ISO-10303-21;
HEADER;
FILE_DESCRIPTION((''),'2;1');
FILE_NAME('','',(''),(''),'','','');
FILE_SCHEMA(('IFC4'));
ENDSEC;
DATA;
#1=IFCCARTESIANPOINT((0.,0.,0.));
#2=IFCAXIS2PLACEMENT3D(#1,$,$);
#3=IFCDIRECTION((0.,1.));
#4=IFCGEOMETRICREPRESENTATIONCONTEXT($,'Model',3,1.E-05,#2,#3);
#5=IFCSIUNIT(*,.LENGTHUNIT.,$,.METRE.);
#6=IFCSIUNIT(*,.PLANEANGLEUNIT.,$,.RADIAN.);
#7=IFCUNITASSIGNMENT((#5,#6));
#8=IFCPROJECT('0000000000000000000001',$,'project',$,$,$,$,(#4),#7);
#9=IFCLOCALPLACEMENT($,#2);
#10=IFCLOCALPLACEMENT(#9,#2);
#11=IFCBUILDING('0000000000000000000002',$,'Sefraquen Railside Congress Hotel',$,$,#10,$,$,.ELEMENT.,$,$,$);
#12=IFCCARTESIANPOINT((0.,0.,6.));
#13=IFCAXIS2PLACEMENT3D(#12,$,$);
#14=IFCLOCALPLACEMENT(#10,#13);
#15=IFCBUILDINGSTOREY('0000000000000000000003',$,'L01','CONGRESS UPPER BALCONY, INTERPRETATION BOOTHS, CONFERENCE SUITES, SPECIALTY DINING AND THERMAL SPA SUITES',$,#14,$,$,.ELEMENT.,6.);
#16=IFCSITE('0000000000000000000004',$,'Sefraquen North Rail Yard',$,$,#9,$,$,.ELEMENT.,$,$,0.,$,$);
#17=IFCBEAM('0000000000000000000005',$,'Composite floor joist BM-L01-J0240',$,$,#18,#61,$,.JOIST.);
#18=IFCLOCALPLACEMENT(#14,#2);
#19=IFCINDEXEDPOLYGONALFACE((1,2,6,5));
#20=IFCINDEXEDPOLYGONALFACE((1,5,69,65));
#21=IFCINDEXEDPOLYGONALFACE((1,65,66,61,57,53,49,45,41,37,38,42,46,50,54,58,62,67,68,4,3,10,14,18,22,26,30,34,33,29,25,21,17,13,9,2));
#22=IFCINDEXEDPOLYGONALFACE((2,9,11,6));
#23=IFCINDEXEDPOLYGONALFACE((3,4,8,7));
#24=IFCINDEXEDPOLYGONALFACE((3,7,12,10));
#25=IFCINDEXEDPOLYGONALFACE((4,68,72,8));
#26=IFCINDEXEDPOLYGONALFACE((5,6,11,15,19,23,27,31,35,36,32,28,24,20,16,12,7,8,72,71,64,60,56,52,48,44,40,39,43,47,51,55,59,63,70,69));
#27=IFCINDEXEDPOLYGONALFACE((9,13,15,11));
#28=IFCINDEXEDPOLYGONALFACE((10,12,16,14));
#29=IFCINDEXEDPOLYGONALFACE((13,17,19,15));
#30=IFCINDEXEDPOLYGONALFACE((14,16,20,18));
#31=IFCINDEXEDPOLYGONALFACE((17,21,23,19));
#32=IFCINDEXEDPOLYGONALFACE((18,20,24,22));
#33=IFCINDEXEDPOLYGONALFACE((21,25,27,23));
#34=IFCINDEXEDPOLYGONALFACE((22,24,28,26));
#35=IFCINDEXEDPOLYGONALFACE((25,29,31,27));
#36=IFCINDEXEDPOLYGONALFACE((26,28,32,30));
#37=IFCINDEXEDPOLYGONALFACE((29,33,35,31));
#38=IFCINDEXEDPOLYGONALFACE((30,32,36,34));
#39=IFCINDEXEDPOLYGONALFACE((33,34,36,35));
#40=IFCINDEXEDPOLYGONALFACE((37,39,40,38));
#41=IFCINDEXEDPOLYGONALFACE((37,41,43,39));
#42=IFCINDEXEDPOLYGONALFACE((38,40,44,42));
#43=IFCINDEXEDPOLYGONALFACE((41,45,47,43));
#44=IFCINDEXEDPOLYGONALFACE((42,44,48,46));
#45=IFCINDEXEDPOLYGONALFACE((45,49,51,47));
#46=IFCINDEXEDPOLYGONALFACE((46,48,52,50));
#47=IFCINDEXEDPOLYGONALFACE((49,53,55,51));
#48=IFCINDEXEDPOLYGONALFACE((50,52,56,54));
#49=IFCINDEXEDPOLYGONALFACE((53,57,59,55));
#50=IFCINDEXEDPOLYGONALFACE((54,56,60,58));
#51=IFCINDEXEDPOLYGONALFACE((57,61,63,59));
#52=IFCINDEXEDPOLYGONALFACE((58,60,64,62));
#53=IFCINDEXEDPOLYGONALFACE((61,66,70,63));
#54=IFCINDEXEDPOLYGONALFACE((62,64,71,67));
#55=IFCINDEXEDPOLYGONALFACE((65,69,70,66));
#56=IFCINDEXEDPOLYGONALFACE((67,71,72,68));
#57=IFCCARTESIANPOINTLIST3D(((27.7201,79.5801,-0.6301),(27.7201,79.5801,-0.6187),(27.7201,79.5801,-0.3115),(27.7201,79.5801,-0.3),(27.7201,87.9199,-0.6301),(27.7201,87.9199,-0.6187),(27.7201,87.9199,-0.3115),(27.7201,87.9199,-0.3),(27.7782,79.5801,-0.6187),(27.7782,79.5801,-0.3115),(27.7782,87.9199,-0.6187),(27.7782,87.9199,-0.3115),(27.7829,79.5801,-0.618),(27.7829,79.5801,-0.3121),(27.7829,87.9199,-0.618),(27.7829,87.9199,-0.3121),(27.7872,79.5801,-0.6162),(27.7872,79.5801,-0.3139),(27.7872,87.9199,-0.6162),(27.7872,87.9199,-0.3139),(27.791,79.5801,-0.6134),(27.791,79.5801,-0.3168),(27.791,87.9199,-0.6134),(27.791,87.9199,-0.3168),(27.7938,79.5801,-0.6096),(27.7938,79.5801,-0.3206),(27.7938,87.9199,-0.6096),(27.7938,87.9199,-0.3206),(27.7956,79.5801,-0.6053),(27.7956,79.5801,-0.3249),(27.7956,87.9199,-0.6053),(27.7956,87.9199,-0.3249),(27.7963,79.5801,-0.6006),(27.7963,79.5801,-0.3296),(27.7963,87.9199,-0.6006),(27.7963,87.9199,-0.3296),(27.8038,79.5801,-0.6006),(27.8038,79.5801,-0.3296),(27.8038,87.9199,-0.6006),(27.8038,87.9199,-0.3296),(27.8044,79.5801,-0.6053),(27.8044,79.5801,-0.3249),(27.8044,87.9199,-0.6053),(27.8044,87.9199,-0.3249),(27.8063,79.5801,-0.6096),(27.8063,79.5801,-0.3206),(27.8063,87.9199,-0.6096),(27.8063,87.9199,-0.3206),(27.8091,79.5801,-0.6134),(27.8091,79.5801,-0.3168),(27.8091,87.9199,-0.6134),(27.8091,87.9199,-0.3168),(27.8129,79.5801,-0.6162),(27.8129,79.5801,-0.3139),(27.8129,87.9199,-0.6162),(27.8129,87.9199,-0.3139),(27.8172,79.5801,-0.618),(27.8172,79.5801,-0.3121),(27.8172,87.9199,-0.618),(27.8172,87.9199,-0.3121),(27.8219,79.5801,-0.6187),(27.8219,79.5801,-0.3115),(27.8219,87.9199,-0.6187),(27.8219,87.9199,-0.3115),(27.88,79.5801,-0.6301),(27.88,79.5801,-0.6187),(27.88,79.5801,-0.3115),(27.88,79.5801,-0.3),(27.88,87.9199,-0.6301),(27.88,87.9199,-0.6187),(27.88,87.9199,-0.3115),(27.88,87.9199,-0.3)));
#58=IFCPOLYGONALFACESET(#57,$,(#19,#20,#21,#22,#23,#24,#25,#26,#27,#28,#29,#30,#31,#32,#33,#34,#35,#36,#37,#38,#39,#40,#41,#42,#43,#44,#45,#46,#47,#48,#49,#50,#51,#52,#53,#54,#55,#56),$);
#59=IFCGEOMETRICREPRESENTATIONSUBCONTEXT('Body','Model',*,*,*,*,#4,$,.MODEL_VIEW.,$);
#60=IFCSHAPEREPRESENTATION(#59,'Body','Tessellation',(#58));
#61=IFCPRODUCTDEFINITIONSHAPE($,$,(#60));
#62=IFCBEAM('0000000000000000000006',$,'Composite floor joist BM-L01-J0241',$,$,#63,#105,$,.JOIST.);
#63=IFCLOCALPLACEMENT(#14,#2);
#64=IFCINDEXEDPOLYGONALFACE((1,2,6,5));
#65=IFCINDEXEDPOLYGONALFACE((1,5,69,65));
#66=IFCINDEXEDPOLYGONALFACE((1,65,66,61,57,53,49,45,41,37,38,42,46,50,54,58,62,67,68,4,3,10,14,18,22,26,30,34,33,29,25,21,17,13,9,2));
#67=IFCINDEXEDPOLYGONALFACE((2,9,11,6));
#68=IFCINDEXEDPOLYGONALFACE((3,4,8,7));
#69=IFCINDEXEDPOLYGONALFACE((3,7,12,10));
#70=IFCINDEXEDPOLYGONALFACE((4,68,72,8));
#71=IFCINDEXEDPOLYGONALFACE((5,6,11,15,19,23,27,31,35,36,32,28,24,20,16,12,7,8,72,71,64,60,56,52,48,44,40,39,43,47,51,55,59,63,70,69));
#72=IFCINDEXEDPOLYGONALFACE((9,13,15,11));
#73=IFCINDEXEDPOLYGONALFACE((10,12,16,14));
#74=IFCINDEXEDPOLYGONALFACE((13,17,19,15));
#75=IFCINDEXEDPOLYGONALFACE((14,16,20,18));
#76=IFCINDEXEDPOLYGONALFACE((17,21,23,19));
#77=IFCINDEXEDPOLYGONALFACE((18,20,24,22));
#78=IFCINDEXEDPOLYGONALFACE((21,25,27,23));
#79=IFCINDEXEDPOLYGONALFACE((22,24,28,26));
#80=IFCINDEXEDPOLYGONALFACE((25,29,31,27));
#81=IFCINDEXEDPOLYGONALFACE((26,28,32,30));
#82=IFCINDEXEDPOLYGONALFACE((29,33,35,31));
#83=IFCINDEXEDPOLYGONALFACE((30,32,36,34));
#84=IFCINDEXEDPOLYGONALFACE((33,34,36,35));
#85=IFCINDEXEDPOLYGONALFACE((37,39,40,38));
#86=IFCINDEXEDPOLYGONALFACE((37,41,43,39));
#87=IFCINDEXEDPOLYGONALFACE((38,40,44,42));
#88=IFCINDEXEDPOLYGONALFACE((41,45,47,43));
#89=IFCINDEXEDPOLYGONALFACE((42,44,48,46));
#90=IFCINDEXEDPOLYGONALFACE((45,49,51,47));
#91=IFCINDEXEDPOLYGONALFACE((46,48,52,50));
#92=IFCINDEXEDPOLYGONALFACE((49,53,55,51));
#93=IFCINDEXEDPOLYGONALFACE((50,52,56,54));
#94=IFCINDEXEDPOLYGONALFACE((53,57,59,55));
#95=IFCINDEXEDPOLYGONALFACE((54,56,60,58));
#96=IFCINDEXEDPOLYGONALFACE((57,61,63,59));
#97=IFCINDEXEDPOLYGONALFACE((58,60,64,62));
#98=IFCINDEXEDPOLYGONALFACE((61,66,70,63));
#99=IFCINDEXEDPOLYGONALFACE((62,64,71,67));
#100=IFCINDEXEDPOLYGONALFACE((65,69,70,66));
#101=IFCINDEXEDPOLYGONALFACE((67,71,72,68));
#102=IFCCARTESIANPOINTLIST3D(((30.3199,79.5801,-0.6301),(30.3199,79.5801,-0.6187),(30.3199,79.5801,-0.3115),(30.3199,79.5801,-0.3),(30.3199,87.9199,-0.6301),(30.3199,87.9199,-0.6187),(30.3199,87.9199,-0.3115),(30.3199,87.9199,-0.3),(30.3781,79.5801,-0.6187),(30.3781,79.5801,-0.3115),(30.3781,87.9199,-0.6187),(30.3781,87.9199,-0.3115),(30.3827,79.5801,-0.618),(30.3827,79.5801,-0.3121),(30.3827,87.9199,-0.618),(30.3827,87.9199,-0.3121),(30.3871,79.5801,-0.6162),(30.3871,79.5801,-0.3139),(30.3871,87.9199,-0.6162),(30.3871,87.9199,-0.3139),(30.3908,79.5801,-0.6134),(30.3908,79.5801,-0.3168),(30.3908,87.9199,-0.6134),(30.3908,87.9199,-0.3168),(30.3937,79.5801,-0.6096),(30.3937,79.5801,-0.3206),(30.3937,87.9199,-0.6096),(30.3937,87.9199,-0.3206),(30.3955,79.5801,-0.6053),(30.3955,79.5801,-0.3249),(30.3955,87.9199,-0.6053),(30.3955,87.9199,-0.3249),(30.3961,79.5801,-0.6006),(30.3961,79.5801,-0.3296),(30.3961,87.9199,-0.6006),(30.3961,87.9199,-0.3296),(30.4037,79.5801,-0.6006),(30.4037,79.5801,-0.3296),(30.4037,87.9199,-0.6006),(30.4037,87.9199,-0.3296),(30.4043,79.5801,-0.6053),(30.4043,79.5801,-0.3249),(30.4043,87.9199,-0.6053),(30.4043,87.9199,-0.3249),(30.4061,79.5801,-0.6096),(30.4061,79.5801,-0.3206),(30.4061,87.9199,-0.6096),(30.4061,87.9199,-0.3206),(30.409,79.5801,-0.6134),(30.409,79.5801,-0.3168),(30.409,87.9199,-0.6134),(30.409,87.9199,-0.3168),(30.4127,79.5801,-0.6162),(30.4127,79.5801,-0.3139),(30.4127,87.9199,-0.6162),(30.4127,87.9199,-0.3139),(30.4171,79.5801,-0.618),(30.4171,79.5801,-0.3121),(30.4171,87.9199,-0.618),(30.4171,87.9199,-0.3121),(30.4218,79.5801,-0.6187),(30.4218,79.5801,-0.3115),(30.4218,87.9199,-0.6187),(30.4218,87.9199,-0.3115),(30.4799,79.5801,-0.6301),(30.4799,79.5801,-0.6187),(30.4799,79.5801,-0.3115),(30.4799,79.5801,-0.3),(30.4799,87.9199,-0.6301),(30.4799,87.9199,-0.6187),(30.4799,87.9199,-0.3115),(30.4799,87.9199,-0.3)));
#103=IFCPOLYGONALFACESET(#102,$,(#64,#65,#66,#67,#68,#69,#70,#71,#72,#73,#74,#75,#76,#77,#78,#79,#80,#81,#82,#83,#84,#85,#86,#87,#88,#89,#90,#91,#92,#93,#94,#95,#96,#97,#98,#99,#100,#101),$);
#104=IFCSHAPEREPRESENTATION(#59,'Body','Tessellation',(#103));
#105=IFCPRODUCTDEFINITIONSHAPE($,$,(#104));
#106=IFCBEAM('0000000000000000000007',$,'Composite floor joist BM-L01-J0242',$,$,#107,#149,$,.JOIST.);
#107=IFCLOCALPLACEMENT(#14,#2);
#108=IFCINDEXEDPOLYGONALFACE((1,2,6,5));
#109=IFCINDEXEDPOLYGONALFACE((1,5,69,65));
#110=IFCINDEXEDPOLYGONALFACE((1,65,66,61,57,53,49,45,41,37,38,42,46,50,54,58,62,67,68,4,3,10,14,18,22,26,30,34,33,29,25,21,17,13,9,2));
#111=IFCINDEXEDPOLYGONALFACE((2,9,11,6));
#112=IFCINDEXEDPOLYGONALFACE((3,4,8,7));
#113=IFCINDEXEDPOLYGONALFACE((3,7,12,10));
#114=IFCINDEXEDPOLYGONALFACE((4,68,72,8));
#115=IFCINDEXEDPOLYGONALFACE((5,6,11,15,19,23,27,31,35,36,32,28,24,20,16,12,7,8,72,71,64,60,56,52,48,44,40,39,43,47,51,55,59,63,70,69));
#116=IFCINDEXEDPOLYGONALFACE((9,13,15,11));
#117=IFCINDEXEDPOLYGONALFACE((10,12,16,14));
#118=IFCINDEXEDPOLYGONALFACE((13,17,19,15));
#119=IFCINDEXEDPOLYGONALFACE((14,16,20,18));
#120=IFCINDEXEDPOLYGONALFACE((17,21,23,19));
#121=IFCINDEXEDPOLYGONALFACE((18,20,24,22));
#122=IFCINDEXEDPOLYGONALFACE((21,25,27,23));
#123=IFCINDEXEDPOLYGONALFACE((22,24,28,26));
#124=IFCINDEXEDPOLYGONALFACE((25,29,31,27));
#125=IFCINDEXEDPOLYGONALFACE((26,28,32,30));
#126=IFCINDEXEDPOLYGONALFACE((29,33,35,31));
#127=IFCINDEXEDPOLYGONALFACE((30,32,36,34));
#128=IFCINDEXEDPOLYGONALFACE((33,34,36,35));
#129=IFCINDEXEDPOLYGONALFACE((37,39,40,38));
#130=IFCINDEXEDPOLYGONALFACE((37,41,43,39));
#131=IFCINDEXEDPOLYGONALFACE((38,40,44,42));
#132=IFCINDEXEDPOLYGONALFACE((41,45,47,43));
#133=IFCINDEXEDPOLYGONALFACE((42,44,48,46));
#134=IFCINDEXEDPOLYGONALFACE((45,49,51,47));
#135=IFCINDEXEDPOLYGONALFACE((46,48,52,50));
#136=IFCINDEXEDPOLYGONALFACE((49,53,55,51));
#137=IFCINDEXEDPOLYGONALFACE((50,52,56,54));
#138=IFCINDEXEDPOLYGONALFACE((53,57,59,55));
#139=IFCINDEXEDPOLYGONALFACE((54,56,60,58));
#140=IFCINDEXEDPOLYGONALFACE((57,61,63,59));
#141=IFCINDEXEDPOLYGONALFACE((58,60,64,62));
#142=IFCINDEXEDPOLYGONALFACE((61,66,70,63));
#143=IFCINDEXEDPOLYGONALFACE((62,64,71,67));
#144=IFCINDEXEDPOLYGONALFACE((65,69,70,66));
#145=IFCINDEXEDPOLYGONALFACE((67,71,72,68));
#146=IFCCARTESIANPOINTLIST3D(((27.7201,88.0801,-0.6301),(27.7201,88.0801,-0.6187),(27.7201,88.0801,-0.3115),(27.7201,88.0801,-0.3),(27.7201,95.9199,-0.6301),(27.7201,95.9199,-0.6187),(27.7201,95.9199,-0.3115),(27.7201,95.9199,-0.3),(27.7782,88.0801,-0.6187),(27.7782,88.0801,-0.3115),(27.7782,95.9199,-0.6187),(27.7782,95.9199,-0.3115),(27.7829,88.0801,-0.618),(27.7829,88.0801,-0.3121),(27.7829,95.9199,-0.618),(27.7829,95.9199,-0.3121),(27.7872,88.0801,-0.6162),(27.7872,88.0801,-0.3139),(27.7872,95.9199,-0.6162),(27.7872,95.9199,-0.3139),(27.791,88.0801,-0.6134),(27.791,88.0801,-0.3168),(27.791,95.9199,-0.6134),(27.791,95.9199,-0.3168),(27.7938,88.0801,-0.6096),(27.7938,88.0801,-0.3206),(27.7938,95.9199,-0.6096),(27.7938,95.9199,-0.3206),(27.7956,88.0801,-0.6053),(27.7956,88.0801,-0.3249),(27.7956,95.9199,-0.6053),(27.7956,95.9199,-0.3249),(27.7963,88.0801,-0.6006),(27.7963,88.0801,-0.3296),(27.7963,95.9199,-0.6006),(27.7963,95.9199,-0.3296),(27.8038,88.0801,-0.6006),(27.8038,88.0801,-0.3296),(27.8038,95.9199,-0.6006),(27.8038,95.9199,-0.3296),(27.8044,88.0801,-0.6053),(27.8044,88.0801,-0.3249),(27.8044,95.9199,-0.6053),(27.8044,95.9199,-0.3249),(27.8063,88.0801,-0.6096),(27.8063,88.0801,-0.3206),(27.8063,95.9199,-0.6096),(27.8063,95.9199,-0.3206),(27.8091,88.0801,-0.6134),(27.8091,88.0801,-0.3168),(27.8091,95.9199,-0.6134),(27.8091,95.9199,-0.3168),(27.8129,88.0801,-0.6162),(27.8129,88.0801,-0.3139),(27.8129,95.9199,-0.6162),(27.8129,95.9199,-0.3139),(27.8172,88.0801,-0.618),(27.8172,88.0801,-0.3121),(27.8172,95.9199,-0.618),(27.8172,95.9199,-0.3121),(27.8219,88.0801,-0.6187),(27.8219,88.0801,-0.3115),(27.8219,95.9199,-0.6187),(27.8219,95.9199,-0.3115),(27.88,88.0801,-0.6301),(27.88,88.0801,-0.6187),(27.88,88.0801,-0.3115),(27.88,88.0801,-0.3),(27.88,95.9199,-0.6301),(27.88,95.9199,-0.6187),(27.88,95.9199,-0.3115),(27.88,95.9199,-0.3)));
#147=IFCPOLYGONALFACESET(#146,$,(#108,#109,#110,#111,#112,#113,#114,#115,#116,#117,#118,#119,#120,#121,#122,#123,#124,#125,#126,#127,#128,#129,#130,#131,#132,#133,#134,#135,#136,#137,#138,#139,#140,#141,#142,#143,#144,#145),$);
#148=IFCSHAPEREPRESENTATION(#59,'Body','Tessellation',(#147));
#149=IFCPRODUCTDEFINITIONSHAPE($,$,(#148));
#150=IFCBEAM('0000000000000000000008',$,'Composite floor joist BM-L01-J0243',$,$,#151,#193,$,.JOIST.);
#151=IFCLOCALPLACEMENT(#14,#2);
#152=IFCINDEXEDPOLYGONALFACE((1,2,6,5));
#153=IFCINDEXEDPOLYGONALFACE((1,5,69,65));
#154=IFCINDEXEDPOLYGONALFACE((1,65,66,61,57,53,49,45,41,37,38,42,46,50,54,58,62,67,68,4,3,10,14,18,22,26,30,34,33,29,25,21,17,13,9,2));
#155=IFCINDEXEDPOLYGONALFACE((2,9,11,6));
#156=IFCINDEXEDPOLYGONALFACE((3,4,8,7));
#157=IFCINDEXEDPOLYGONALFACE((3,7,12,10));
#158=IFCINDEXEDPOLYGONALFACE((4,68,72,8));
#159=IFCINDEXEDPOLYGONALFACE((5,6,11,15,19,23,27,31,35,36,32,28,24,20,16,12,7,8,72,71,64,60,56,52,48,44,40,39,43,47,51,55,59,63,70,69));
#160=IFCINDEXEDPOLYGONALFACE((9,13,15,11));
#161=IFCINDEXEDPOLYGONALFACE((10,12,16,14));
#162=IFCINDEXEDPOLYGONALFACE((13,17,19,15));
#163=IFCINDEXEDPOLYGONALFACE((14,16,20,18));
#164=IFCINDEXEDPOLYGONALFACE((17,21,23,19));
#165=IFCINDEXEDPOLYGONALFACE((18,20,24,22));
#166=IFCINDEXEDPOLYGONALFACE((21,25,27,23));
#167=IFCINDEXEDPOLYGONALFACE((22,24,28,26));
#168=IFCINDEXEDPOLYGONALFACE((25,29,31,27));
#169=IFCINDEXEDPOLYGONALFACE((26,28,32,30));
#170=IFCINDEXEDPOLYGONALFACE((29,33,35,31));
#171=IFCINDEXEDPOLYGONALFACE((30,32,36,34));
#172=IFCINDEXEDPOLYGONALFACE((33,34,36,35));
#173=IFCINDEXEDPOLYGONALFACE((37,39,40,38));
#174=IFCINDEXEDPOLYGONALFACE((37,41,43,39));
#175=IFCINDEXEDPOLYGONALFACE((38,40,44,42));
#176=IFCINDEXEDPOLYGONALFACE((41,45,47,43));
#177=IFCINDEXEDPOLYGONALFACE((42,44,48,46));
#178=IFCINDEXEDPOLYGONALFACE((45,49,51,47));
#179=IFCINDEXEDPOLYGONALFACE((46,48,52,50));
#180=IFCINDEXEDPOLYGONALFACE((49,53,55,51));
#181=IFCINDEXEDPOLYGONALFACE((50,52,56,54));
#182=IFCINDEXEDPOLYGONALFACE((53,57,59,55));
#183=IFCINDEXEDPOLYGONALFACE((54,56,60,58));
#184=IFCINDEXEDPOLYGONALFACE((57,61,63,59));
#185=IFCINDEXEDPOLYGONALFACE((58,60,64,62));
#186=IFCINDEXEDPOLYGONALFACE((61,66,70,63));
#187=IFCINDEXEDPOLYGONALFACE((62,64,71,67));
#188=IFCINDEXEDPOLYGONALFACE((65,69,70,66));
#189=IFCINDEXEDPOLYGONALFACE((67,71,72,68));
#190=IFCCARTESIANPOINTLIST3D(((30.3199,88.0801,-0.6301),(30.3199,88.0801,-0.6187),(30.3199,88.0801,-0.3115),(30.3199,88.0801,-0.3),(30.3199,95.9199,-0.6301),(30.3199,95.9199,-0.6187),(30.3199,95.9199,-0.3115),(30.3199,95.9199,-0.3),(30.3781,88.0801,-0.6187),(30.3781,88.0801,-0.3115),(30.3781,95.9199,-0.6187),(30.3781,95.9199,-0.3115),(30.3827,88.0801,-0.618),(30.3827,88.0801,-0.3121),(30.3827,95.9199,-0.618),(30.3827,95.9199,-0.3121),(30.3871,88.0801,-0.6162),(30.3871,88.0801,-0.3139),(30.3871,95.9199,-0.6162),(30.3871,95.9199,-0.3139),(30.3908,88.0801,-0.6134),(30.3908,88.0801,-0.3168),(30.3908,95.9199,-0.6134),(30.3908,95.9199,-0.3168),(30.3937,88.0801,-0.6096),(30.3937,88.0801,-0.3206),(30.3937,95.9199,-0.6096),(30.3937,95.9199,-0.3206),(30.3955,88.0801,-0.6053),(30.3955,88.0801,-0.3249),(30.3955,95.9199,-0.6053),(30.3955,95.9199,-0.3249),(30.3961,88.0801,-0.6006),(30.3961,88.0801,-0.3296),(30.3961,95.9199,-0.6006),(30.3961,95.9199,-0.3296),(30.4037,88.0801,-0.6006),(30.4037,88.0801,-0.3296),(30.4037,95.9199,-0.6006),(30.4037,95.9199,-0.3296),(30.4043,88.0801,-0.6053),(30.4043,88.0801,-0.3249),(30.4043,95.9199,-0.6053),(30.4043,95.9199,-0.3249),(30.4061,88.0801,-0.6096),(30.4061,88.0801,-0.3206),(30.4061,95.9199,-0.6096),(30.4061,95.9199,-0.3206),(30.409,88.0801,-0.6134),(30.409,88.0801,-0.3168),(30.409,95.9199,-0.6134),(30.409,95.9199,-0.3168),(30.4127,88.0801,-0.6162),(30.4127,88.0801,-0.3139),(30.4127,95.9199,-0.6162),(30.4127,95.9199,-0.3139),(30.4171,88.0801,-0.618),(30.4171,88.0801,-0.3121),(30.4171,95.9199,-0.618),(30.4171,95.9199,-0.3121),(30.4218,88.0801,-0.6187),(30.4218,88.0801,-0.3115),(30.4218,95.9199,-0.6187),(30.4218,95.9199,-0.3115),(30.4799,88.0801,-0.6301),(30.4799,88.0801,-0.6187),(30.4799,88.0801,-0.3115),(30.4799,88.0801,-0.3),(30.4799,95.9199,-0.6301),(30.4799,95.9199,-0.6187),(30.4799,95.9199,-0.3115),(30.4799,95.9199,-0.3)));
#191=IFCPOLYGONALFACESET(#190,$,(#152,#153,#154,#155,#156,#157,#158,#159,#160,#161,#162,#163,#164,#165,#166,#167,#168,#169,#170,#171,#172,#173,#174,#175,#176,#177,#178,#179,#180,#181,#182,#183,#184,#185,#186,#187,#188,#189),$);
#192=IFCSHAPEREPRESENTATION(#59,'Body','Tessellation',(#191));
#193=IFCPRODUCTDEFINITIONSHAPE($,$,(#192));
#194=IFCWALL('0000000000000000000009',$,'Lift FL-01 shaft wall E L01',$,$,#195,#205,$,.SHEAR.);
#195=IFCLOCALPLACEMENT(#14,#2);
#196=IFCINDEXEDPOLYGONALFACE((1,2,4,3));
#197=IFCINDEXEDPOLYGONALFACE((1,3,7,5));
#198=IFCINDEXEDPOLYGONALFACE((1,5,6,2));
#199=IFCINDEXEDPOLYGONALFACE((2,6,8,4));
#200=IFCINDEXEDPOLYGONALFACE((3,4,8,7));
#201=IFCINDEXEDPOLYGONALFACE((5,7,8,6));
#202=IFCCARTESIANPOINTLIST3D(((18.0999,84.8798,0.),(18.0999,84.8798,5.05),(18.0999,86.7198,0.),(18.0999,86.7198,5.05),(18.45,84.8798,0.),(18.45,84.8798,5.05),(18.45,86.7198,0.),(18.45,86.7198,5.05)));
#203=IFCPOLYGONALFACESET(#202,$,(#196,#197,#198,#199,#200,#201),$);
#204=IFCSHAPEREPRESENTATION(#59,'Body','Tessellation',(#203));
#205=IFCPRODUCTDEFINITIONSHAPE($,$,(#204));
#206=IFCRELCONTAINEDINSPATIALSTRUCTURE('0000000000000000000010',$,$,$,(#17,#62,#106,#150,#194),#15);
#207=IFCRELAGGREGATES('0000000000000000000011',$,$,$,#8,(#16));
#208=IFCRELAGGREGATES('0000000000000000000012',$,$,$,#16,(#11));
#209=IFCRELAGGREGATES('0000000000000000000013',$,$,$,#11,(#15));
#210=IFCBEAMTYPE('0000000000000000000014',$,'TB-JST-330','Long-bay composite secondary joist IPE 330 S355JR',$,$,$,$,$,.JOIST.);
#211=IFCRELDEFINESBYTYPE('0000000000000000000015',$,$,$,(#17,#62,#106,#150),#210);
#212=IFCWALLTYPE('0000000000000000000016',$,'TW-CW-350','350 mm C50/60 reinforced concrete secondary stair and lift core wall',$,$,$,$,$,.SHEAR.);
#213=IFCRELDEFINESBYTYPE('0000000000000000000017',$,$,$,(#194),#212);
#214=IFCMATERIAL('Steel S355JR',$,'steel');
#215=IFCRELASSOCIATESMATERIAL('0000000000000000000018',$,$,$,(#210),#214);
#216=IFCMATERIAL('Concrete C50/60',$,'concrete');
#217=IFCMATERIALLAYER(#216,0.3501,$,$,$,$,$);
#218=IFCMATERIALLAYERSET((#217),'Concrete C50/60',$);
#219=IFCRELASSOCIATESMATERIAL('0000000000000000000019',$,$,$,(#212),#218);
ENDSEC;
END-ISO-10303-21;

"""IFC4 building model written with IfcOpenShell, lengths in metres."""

from ifc_helpers import new_model, si_unit, direction, frame, frame_2d, origin, origin_2d, place, context, subcontext, project, spatial, rectangle, i_section, extrude, material, layer, layer_set, material_profile, profile_set, type_object, element, save


model = new_model("IFC4")

# Units and contexts
model_context = context("Model", 3, precision=1e-05, world=origin(), true_north=direction((0.0, 1.0)))
body_context = subcontext(model_context, "Body", "Model", "MODEL_VIEW")
ifc_project = project(units=[si_unit("LENGTHUNIT", "METRE"), si_unit("PLANEANGLEUNIT", "RADIAN")], contexts=[model_context])

# Site, building, storey
site_placement = place(None, origin())
site = spatial("IfcSite", under=ifc_project, at=site_placement, Name="Sefraquen North Rail Yard", CompositionType="ELEMENT", RefElevation=0.0)
building_placement = place(site_placement, origin())
building = spatial("IfcBuilding", under=site, at=building_placement, Name="Sefraquen Railside Congress Hotel", CompositionType="ELEMENT")
storey_placement = place(building_placement, frame((0.0, 0.0, 6.0)))
storey = spatial("IfcBuildingStorey", under=building, at=storey_placement, Name="L01", Description="CONGRESS UPPER BALCONY, INTERPRETATION BOOTHS, CONFERENCE SUITES, SPECIALTY DINING AND THERMAL SPA SUITES", CompositionType="ELEMENT", Elevation=6.0)

# Shared definitions
ifc_material_1 = material(Name="Steel S355JR", Category="steel")

# Beams
ifc_material_profile_1 = material_profile(ifc_material_1, i_section(OverallWidth=0.1599, OverallDepth=0.3301, WebThickness=0.0076, FlangeThickness=0.0115, FilletRadius=0.0181, at=origin_2d()), Name="IPE 330")
ifc_profile_set_1 = profile_set([ifc_material_profile_1], Name="Steel S355JR")
beam_type_1 = type_object("IfcBeamType", Name="TB-JST-330", Description="Long-bay composite secondary joist IPE 330 S355JR", PredefinedType="JOIST", material=ifc_profile_set_1)
for number, where, z_axis, x_axis, name in (
    (1, (27.8, 79.5801, -0.4651), (0.0, 1.0, 0.0), (-1.0, 0.0, 0.0), "Composite floor joist BM-L01-J0240"),
    (2, (30.3999, 79.5801, -0.4651), (0.0, 1.0, 0.0), (-1.0, 0.0, 0.0), "Composite floor joist BM-L01-J0241"),
):
    element("IfcBeam", number, at=place(storey_placement, frame(where, z_axis=z_axis, x_axis=x_axis)), inside=storey, type_object=beam_type_1, Name=name, PredefinedType="JOIST", context=body_context, shape_type="SweptSolid", body=[
        extrude(i_section(OverallWidth=0.1599, OverallDepth=0.3301, WebThickness=0.0076, FlangeThickness=0.0115, FilletRadius=0.0181, at=origin_2d()), origin(), (0.0, 0.0, 1.0), 8.3398),
    ])
for number, where, z_axis, x_axis, name in (
    (3, (27.8, 88.0801, -0.4651), (0.0, 1.0, 0.0), (-1.0, 0.0, 0.0), "Composite floor joist BM-L01-J0242"),
    (4, (30.3999, 88.0801, -0.4651), (0.0, 1.0, 0.0), (-1.0, 0.0, 0.0), "Composite floor joist BM-L01-J0243"),
):
    element("IfcBeam", number, at=place(storey_placement, frame(where, z_axis=z_axis, x_axis=x_axis)), inside=storey, type_object=beam_type_1, Name=name, PredefinedType="JOIST", context=body_context, shape_type="SweptSolid", body=[
        extrude(i_section(OverallWidth=0.1599, OverallDepth=0.3301, WebThickness=0.0076, FlangeThickness=0.0115, FilletRadius=0.0181, at=origin_2d()), origin(), (0.0, 0.0, 1.0), 7.8398),
    ])

# Wall
ifc_material_2 = material(Name="Concrete C50/60", Category="concrete")
ifc_layer_1 = layer(ifc_material_2, 0.3501)
ifc_layer_set_1 = layer_set([ifc_layer_1], Name="Concrete C50/60")
wall_type_1 = type_object("IfcWallType", Name="TW-CW-350", Description="350 mm C50/60 reinforced concrete secondary stair and lift core wall", PredefinedType="SHEAR", material=ifc_layer_set_1)
wall_1_placement = place(storey_placement, frame((18.2749, 84.8799, 0.0), z_axis=(0.0, 0.0, 1.0), x_axis=(0.0, 1.0, 0.0)))
element("IfcWall", 5, at=wall_1_placement, inside=storey, type_object=wall_type_1, Name="Lift FL-01 shaft wall E L01", PredefinedType="SHEAR", context=body_context, shape_type="SweptSolid", body=[
    extrude(rectangle(XDim=1.8401, YDim=0.3501, at=frame_2d((0.9199, 0.0))), origin(), (0.0, 0.0, 1.0), 5.05),
])

save(model, "model.ifc")
